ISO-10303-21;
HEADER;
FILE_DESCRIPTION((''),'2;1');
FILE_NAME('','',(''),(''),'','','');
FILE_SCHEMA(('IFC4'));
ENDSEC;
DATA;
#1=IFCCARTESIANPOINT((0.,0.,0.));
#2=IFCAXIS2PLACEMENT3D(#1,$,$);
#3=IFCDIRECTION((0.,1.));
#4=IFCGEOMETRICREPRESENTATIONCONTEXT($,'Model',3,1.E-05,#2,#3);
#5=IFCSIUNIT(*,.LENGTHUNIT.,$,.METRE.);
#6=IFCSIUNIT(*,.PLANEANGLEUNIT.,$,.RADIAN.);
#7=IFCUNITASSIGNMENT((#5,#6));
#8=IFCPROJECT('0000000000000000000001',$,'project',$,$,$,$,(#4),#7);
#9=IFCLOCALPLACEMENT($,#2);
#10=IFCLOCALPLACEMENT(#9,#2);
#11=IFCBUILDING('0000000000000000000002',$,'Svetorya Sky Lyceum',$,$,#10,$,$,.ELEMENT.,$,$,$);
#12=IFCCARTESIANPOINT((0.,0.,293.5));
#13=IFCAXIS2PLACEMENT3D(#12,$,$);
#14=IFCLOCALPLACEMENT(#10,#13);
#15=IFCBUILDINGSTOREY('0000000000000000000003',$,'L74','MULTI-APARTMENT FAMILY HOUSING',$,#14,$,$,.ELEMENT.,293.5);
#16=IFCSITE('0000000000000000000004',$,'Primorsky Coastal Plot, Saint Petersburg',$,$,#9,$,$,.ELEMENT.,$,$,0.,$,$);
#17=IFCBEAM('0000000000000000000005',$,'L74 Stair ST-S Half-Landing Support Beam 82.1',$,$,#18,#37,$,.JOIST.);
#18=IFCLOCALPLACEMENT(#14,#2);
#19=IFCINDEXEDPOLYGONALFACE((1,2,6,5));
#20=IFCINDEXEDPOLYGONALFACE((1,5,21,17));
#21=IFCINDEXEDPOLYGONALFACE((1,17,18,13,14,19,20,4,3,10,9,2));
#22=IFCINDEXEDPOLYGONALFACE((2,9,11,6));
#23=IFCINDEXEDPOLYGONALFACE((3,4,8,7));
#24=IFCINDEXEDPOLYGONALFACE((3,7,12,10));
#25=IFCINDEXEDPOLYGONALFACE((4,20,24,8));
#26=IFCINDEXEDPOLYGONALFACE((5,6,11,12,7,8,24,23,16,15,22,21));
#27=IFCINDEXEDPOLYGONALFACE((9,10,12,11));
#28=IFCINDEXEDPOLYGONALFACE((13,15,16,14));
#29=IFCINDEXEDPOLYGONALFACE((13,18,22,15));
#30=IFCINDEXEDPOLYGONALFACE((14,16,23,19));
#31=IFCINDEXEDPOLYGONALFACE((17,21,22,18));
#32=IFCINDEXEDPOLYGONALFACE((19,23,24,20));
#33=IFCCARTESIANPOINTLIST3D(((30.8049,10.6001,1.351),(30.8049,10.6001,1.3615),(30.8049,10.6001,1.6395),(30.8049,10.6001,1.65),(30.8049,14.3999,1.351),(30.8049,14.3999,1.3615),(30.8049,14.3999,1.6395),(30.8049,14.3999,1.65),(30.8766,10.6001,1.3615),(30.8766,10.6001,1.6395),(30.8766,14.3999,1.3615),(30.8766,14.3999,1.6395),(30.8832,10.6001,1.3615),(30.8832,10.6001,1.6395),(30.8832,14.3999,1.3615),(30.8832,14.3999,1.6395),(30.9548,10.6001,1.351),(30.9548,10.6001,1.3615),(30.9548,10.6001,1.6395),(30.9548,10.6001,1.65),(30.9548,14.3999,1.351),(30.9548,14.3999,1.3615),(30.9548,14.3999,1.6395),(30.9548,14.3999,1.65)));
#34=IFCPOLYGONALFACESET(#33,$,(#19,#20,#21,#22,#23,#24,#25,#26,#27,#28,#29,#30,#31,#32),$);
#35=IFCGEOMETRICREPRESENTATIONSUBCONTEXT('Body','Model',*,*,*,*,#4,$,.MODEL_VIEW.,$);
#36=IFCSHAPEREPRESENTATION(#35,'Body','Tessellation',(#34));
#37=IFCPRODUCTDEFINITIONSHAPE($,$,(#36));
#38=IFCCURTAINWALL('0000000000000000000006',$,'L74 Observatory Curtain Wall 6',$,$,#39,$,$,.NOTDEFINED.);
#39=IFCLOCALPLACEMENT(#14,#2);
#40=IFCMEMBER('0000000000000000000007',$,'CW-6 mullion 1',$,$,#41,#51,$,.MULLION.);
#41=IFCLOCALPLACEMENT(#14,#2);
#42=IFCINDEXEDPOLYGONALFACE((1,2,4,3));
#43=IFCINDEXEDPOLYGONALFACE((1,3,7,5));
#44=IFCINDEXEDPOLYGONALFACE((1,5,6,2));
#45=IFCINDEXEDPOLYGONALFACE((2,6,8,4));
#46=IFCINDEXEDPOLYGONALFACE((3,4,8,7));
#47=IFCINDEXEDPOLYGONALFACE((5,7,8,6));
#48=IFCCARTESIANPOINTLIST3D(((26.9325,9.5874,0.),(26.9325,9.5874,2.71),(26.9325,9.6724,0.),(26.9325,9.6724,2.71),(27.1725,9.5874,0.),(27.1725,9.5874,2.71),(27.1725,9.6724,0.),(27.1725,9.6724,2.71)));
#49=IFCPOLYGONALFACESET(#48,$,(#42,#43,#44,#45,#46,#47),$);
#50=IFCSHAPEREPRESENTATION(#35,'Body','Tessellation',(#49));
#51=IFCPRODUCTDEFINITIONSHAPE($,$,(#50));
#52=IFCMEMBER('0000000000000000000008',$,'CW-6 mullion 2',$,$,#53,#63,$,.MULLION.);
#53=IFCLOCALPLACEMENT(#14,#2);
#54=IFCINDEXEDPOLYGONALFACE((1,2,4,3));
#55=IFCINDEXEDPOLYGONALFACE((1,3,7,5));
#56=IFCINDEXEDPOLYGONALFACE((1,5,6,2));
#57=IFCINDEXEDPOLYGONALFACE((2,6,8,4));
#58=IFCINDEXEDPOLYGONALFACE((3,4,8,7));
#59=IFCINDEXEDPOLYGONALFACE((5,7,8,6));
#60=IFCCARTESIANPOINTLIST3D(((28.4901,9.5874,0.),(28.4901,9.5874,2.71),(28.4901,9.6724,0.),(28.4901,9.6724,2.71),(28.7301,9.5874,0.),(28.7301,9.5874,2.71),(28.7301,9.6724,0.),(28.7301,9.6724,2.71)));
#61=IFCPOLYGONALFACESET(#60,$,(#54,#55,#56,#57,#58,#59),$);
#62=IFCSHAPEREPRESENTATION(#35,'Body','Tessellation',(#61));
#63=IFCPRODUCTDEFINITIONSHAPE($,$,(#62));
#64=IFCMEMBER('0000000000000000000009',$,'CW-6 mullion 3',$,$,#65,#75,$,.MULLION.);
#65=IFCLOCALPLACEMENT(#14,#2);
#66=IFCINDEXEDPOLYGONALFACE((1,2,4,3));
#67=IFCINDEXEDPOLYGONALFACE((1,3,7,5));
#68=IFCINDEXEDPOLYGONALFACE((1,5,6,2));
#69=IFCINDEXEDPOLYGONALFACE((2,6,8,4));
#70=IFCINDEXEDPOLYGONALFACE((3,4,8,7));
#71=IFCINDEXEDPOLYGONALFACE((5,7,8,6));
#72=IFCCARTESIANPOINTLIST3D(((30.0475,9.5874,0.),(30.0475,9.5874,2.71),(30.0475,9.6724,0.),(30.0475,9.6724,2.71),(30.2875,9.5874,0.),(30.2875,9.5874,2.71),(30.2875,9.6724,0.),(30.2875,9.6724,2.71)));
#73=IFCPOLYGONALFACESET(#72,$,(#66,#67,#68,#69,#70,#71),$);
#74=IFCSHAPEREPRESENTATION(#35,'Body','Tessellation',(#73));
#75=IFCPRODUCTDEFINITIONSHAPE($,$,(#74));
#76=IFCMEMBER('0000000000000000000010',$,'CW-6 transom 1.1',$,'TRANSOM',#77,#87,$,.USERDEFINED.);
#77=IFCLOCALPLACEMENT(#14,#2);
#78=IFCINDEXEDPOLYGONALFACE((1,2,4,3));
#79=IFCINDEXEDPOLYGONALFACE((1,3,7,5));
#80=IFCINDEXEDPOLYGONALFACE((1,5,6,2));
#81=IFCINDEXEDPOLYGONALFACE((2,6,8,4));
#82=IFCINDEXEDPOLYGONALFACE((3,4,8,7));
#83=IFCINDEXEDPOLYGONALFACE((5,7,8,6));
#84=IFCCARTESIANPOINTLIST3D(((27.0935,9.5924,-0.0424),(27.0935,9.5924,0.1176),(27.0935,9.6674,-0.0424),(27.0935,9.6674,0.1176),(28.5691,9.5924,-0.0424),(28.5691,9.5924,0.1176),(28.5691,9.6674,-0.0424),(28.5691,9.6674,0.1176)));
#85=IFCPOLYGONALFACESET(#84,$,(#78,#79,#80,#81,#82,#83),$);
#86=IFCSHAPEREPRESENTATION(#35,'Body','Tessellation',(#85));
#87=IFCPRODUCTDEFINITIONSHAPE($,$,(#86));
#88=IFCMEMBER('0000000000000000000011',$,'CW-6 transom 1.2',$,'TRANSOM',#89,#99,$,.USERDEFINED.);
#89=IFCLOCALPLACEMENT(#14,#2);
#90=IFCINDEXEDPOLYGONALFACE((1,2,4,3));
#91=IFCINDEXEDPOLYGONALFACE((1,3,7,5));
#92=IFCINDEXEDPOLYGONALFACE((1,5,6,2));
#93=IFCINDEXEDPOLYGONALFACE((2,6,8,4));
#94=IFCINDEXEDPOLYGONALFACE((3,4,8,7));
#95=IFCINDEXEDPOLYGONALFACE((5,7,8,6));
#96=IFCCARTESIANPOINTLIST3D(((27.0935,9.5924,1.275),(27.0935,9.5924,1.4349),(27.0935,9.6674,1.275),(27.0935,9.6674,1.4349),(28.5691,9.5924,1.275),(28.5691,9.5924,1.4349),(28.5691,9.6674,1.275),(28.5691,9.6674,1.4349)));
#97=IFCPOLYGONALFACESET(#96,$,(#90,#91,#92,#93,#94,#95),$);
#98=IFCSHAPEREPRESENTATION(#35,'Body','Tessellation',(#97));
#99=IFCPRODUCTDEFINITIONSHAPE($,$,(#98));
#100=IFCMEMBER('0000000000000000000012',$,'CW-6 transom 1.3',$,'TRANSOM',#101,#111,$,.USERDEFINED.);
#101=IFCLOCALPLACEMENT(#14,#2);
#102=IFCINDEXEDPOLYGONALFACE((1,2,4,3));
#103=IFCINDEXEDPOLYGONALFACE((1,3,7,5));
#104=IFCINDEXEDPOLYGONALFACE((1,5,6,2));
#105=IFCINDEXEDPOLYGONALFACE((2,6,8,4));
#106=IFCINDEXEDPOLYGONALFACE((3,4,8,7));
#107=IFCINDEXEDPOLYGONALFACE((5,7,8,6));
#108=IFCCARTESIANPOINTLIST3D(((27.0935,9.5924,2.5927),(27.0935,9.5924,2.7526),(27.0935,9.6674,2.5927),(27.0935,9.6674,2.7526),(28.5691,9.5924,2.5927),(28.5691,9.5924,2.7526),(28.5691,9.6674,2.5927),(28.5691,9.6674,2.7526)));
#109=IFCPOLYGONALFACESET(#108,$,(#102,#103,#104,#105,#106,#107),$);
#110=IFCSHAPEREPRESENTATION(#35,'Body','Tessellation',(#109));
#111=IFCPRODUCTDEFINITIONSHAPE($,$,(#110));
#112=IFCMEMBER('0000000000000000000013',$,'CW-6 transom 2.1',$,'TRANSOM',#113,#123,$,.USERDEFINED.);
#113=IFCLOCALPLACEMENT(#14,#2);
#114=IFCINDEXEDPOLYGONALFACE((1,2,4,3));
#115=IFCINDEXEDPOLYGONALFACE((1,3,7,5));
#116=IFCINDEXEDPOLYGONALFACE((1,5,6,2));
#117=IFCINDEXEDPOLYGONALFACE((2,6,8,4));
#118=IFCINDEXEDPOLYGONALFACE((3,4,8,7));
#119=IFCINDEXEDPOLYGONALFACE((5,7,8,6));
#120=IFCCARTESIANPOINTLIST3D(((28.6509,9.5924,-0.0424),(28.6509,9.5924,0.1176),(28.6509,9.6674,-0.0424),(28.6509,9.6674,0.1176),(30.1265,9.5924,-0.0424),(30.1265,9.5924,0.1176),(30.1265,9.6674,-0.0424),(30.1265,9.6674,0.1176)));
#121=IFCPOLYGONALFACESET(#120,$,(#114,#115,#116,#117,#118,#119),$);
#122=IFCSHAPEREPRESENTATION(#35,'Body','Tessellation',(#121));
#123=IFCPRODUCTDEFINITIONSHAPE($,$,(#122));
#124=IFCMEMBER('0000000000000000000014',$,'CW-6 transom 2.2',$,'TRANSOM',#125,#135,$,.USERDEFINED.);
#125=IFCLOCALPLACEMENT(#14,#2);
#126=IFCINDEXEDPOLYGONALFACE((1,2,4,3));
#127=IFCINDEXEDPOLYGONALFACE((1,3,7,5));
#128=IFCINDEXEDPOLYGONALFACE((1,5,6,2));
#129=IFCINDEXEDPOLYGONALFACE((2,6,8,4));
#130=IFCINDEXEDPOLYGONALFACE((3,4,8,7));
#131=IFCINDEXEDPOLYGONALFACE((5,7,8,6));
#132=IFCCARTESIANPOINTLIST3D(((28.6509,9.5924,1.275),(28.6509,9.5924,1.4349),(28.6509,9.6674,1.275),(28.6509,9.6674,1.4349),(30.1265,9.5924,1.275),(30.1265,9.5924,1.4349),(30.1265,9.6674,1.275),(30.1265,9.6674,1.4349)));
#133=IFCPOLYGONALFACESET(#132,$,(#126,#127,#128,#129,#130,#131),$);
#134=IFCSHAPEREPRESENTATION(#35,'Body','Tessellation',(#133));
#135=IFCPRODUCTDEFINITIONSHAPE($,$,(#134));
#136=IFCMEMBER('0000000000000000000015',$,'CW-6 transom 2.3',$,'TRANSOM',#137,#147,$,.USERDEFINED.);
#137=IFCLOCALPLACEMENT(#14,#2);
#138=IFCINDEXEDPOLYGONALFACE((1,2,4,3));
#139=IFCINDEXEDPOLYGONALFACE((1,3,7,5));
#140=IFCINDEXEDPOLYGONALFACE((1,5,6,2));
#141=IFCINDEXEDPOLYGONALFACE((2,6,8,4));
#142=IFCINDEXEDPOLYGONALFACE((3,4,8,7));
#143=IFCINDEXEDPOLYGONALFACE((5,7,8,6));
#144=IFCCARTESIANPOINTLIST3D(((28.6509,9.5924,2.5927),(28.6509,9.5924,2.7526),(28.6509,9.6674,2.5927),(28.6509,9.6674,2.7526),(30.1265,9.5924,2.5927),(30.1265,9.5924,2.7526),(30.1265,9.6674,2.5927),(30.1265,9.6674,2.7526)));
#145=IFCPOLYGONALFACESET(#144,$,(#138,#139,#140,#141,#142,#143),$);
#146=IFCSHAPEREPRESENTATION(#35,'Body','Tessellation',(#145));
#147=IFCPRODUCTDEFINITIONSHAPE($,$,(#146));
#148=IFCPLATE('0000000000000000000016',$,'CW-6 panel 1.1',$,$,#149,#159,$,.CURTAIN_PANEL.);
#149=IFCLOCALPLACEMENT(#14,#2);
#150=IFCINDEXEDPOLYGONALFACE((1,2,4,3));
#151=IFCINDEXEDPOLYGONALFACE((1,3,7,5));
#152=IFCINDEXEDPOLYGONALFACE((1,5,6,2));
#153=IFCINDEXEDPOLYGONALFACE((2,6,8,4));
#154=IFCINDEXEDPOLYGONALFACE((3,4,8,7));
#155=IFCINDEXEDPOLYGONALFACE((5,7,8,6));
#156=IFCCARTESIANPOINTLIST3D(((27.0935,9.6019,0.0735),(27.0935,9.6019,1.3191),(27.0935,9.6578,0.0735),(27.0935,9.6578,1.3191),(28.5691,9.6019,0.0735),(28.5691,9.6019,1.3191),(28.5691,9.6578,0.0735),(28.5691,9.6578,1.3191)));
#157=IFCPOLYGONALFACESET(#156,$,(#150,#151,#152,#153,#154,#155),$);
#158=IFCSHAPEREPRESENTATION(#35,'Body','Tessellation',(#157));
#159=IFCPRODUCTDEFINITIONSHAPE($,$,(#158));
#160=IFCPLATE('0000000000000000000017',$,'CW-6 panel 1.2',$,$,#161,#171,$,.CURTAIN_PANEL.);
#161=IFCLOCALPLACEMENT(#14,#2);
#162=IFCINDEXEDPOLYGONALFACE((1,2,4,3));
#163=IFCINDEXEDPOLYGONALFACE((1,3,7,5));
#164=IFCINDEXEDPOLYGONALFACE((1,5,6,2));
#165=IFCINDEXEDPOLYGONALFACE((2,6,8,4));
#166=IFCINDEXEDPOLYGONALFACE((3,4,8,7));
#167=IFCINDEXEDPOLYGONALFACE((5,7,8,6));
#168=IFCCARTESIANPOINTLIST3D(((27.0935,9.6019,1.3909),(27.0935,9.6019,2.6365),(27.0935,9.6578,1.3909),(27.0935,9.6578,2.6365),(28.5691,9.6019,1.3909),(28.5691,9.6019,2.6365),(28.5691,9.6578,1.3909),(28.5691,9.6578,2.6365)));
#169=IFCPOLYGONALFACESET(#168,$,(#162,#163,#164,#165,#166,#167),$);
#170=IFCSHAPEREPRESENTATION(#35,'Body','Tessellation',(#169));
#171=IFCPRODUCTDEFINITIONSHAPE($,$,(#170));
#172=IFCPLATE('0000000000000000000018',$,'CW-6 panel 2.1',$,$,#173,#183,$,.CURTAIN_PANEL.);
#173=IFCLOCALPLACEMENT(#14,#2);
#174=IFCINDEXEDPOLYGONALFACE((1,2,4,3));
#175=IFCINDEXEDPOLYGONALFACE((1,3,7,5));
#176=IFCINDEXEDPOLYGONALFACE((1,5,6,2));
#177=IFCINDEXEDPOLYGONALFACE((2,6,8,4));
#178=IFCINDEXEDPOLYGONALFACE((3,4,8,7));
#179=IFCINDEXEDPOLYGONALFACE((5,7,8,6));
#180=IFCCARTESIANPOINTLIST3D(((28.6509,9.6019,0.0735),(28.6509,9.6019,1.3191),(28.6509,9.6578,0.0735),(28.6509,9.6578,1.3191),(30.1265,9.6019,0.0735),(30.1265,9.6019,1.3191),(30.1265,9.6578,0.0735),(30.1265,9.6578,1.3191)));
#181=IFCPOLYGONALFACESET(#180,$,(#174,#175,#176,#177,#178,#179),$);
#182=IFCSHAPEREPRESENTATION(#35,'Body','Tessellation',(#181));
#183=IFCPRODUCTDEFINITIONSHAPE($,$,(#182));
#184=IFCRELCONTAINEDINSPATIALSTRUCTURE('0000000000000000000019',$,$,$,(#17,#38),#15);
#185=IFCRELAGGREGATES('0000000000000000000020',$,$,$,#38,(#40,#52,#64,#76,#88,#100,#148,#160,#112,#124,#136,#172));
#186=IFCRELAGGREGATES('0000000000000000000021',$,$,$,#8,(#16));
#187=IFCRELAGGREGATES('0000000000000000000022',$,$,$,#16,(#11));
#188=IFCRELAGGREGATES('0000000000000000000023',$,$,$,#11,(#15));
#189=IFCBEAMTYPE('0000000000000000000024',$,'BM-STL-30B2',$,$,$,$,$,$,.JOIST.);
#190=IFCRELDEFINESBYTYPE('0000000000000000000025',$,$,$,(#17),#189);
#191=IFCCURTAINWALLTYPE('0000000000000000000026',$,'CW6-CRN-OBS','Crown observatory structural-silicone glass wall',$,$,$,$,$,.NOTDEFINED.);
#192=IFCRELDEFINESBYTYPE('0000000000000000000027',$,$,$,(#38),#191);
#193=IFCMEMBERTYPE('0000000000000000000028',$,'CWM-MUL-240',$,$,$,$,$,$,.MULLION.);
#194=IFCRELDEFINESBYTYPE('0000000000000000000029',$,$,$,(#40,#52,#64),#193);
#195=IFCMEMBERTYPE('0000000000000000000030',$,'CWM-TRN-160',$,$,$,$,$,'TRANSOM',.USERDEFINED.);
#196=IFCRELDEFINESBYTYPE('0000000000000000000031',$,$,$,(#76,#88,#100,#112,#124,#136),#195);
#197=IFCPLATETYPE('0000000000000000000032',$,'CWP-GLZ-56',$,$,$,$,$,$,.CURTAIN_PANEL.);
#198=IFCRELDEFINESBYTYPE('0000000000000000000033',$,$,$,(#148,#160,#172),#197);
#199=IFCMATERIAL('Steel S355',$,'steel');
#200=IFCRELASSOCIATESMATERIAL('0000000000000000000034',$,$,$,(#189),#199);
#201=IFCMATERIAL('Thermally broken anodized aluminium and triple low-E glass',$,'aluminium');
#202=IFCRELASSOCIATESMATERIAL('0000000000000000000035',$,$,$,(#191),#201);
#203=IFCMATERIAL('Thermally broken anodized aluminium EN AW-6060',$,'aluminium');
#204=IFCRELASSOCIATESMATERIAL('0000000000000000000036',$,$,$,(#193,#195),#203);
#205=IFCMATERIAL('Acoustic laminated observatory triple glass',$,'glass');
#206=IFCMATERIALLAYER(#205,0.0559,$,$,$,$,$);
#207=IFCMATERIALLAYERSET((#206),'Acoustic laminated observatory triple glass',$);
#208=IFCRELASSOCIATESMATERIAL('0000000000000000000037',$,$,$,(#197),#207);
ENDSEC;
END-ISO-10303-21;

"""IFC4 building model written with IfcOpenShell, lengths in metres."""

from ifc_helpers import new_model, si_unit, direction, frame, origin, origin_2d, place, context, subcontext, project, spatial, rectangle, i_section, extrude, material, layer, layer_set, material_profile, profile_set, type_object, element, aggregate, save


model = new_model("IFC4")

# Units and contexts
model_context = context("Model", 3, precision=1e-05, world=origin(), true_north=direction((0.0, 1.0)))
body_context = subcontext(model_context, "Body", "Model", "MODEL_VIEW")
ifc_project = project(units=[si_unit("LENGTHUNIT", "METRE"), si_unit("PLANEANGLEUNIT", "RADIAN")], contexts=[model_context])

# Site, building, storey
site_placement = place(None, origin())
site = spatial("IfcSite", under=ifc_project, at=site_placement, Name="Primorsky Coastal Plot, Saint Petersburg", CompositionType="ELEMENT", RefElevation=0.0)
building_placement = place(site_placement, origin())
building = spatial("IfcBuilding", under=site, at=building_placement, Name="Svetorya Sky Lyceum", CompositionType="ELEMENT")
storey_placement = place(building_placement, frame((0.0, 0.0, 293.5)))
storey = spatial("IfcBuildingStorey", under=building, at=storey_placement, Name="L74", Description="MULTI-APARTMENT FAMILY HOUSING", CompositionType="ELEMENT", Elevation=293.5)

# Beam
ifc_material_1 = material(Name="Steel S355", Category="steel")
ifc_material_profile_1 = material_profile(ifc_material_1, i_section(OverallWidth=0.1499, OverallDepth=0.2991, WebThickness=0.0066, FlangeThickness=0.0105, at=origin_2d()), Name="GOST 30B2")
ifc_profile_set_1 = profile_set([ifc_material_profile_1], Name="Steel S355")
beam_type = type_object("IfcBeamType", Name="BM-STL-30B2", PredefinedType="JOIST", material=ifc_profile_set_1)
beam_placement = place(storey_placement, frame((30.8799, 10.6001, 1.5005), z_axis=(0.0, 1.0, 0.0), x_axis=(-1.0, 0.0, 0.0)))
element("IfcBeam", 1, at=beam_placement, inside=storey, type_object=beam_type, Name="L74 Stair ST-S Half-Landing Support Beam 82.1", PredefinedType="JOIST", context=body_context, shape_type="SweptSolid", body=[
    extrude(i_section(OverallWidth=0.1499, OverallDepth=0.2991, WebThickness=0.0066, FlangeThickness=0.0105, at=origin_2d()), origin(), (0.0, 0.0, 1.0), 3.7998),
])

# Curtain wall, members, plates
ifc_material_2 = material(Name="Thermally broken anodized aluminium and triple low-E glass", Category="aluminium")
curtain_wall_type = type_object("IfcCurtainWallType", Name="CW6-CRN-OBS", Description="Crown observatory structural-silicone glass wall", PredefinedType="NOTDEFINED", material=ifc_material_2)
curtain_wall_placement = place(storey_placement, origin())
curtain_wall = element("IfcCurtainWall", 2, at=curtain_wall_placement, inside=storey, type_object=curtain_wall_type, Name="L74 Observatory Curtain Wall 6", PredefinedType="NOTDEFINED")
ifc_material_3 = material(Name="Thermally broken anodized aluminium EN AW-6060", Category="aluminium")
ifc_material_profile_2 = material_profile(ifc_material_3, rectangle(XDim=0.085, YDim=0.24, at=origin_2d()), Name="ALU MULLION 85x240")
ifc_profile_set_2 = profile_set([ifc_material_profile_2], Name="Thermally broken anodized aluminium EN AW-6060")
member_type_1 = type_object("IfcMemberType", Name="CWM-MUL-240", PredefinedType="MULLION", material=ifc_profile_set_2)
member_1_placement = place(storey_placement, frame((27.0525, 9.6299, 0.0), z_axis=(0.0, 0.0, 1.0), x_axis=(0.0, 1.0, 0.0)))
member_1 = element("IfcMember", 3, at=member_1_placement, type_object=member_type_1, Name="CW-6 mullion 1", PredefinedType="MULLION", context=body_context, shape_type="SweptSolid", body=[
    extrude(rectangle(XDim=0.085, YDim=0.24, at=origin_2d()), origin(), (0.0, 0.0, 1.0), 2.71),
])
member_2_placement = place(storey_placement, frame((28.6101, 9.6299, 0.0), z_axis=(0.0, 0.0, 1.0), x_axis=(0.0, 1.0, 0.0)))
member_2 = element("IfcMember", 4, at=member_2_placement, type_object=member_type_1, Name="CW-6 mullion 2", PredefinedType="MULLION", context=body_context, shape_type="SweptSolid", body=[
    extrude(rectangle(XDim=0.085, YDim=0.24, at=origin_2d()), origin(), (0.0, 0.0, 1.0), 2.71),
])
member_3_placement = place(storey_placement, frame((30.1675, 9.6299, 0.0), z_axis=(0.0, 0.0, 1.0), x_axis=(0.0, 1.0, 0.0)))
member_3 = element("IfcMember", 5, at=member_3_placement, type_object=member_type_1, Name="CW-6 mullion 3", PredefinedType="MULLION", context=body_context, shape_type="SweptSolid", body=[
    extrude(rectangle(XDim=0.085, YDim=0.24, at=origin_2d()), origin(), (0.0, 0.0, 1.0), 2.71),
])
ifc_material_profile_3 = material_profile(ifc_material_3, rectangle(XDim=0.075, YDim=0.1599, at=origin_2d()), Name="ALU TRANSOM 75x160")
ifc_profile_set_3 = profile_set([ifc_material_profile_3], Name="Thermally broken anodized aluminium EN AW-6060")
member_type_2 = type_object("IfcMemberType", Name="CWM-TRN-160", ElementType="TRANSOM", PredefinedType="USERDEFINED", material=ifc_profile_set_3)
member_4_placement = place(storey_placement, frame((27.0935, 9.6299, 0.0376), z_axis=(1.0, 0.0, 0.0), x_axis=(0.0, 1.0, 0.0)))
member_4 = element("IfcMember", 6, at=member_4_placement, type_object=member_type_2, Name="CW-6 transom 1.1", ObjectType="TRANSOM", PredefinedType="USERDEFINED", context=body_context, shape_type="SweptSolid", body=[
    extrude(rectangle(XDim=0.075, YDim=0.1599, at=origin_2d()), origin(), (0.0, 0.0, 1.0), 1.4756),
])
member_5_placement = place(storey_placement, frame((27.0935, 9.6299, 1.355), z_axis=(1.0, 0.0, 0.0), x_axis=(0.0, 1.0, 0.0)))
member_5 = element("IfcMember", 7, at=member_5_placement, type_object=member_type_2, Name="CW-6 transom 1.2", ObjectType="TRANSOM", PredefinedType="USERDEFINED", context=body_context, shape_type="SweptSolid", body=[
    extrude(rectangle(XDim=0.075, YDim=0.1599, at=origin_2d()), origin(), (0.0, 0.0, 1.0), 1.4756),
])
member_6_placement = place(storey_placement, frame((27.0935, 9.6299, 2.6726), z_axis=(1.0, 0.0, 0.0), x_axis=(0.0, 1.0, 0.0)))
member_6 = element("IfcMember", 8, at=member_6_placement, type_object=member_type_2, Name="CW-6 transom 1.3", ObjectType="TRANSOM", PredefinedType="USERDEFINED", context=body_context, shape_type="SweptSolid", body=[
    extrude(rectangle(XDim=0.075, YDim=0.1599, at=origin_2d()), origin(), (0.0, 0.0, 1.0), 1.4756),
])
member_7_placement = place(storey_placement, frame((28.6509, 9.6299, 0.0376), z_axis=(1.0, 0.0, 0.0), x_axis=(0.0, 1.0, 0.0)))
member_7 = element("IfcMember", 9, at=member_7_placement, type_object=member_type_2, Name="CW-6 transom 2.1", ObjectType="TRANSOM", PredefinedType="USERDEFINED", context=body_context, shape_type="SweptSolid", body=[
    extrude(rectangle(XDim=0.075, YDim=0.1599, at=origin_2d()), origin(), (0.0, 0.0, 1.0), 1.4756),
])
member_8_placement = place(storey_placement, frame((28.6509, 9.6299, 1.355), z_axis=(1.0, 0.0, 0.0), x_axis=(0.0, 1.0, 0.0)))
member_8 = element("IfcMember", 10, at=member_8_placement, type_object=member_type_2, Name="CW-6 transom 2.2", ObjectType="TRANSOM", PredefinedType="USERDEFINED", context=body_context, shape_type="SweptSolid", body=[
    extrude(rectangle(XDim=0.075, YDim=0.1599, at=origin_2d()), origin(), (0.0, 0.0, 1.0), 1.4756),
])
member_9_placement = place(storey_placement, frame((28.6509, 9.6299, 2.6726), z_axis=(1.0, 0.0, 0.0), x_axis=(0.0, 1.0, 0.0)))
member_9 = element("IfcMember", 11, at=member_9_placement, type_object=member_type_2, Name="CW-6 transom 2.3", ObjectType="TRANSOM", PredefinedType="USERDEFINED", context=body_context, shape_type="SweptSolid", body=[
    extrude(rectangle(XDim=0.075, YDim=0.1599, at=origin_2d()), origin(), (0.0, 0.0, 1.0), 1.4756),
])
ifc_material_4 = material(Name="Acoustic laminated observatory triple glass", Category="glass")
ifc_layer_1 = layer(ifc_material_4, 0.0559)
ifc_layer_set_1 = layer_set([ifc_layer_1], Name="Acoustic laminated observatory triple glass")
plate_type = type_object("IfcPlateType", Name="CWP-GLZ-56", PredefinedType="CURTAIN_PANEL", material=ifc_layer_set_1)
plate_1_placement = place(storey_placement, frame((27.8313, 9.6299, 0.0735), z_axis=(0.0, 0.0, 1.0), x_axis=(1.0, 0.0, 0.0)))
plate_1 = element("IfcPlate", 12, at=plate_1_placement, type_object=plate_type, Name="CW-6 panel 1.1", PredefinedType="CURTAIN_PANEL", context=body_context, shape_type="SweptSolid", body=[
    extrude(rectangle(XDim=1.4756, YDim=0.0559, at=origin_2d()), origin(), (0.0, 0.0, 1.0), 1.2456),
])
plate_2_placement = place(storey_placement, frame((27.8313, 9.6299, 1.3909), z_axis=(0.0, 0.0, 1.0), x_axis=(1.0, 0.0, 0.0)))
plate_2 = element("IfcPlate", 13, at=plate_2_placement, type_object=plate_type, Name="CW-6 panel 1.2", PredefinedType="CURTAIN_PANEL", context=body_context, shape_type="SweptSolid", body=[
    extrude(rectangle(XDim=1.4756, YDim=0.0559, at=origin_2d()), origin(), (0.0, 0.0, 1.0), 1.2456),
])
plate_3_placement = place(storey_placement, frame((29.3887, 9.6299, 0.0735), z_axis=(0.0, 0.0, 1.0), x_axis=(1.0, 0.0, 0.0)))
plate_3 = element("IfcPlate", 14, at=plate_3_placement, type_object=plate_type, Name="CW-6 panel 2.1", PredefinedType="CURTAIN_PANEL", context=body_context, shape_type="SweptSolid", body=[
    extrude(rectangle(XDim=1.4756, YDim=0.0559, at=origin_2d()), origin(), (0.0, 0.0, 1.0), 1.2456),
])
aggregate(curtain_wall, [member_1, member_2, member_3, member_4, member_5, member_6, plate_1, plate_2, member_7, member_8, member_9, plate_3])

save(model, "model.ifc")
